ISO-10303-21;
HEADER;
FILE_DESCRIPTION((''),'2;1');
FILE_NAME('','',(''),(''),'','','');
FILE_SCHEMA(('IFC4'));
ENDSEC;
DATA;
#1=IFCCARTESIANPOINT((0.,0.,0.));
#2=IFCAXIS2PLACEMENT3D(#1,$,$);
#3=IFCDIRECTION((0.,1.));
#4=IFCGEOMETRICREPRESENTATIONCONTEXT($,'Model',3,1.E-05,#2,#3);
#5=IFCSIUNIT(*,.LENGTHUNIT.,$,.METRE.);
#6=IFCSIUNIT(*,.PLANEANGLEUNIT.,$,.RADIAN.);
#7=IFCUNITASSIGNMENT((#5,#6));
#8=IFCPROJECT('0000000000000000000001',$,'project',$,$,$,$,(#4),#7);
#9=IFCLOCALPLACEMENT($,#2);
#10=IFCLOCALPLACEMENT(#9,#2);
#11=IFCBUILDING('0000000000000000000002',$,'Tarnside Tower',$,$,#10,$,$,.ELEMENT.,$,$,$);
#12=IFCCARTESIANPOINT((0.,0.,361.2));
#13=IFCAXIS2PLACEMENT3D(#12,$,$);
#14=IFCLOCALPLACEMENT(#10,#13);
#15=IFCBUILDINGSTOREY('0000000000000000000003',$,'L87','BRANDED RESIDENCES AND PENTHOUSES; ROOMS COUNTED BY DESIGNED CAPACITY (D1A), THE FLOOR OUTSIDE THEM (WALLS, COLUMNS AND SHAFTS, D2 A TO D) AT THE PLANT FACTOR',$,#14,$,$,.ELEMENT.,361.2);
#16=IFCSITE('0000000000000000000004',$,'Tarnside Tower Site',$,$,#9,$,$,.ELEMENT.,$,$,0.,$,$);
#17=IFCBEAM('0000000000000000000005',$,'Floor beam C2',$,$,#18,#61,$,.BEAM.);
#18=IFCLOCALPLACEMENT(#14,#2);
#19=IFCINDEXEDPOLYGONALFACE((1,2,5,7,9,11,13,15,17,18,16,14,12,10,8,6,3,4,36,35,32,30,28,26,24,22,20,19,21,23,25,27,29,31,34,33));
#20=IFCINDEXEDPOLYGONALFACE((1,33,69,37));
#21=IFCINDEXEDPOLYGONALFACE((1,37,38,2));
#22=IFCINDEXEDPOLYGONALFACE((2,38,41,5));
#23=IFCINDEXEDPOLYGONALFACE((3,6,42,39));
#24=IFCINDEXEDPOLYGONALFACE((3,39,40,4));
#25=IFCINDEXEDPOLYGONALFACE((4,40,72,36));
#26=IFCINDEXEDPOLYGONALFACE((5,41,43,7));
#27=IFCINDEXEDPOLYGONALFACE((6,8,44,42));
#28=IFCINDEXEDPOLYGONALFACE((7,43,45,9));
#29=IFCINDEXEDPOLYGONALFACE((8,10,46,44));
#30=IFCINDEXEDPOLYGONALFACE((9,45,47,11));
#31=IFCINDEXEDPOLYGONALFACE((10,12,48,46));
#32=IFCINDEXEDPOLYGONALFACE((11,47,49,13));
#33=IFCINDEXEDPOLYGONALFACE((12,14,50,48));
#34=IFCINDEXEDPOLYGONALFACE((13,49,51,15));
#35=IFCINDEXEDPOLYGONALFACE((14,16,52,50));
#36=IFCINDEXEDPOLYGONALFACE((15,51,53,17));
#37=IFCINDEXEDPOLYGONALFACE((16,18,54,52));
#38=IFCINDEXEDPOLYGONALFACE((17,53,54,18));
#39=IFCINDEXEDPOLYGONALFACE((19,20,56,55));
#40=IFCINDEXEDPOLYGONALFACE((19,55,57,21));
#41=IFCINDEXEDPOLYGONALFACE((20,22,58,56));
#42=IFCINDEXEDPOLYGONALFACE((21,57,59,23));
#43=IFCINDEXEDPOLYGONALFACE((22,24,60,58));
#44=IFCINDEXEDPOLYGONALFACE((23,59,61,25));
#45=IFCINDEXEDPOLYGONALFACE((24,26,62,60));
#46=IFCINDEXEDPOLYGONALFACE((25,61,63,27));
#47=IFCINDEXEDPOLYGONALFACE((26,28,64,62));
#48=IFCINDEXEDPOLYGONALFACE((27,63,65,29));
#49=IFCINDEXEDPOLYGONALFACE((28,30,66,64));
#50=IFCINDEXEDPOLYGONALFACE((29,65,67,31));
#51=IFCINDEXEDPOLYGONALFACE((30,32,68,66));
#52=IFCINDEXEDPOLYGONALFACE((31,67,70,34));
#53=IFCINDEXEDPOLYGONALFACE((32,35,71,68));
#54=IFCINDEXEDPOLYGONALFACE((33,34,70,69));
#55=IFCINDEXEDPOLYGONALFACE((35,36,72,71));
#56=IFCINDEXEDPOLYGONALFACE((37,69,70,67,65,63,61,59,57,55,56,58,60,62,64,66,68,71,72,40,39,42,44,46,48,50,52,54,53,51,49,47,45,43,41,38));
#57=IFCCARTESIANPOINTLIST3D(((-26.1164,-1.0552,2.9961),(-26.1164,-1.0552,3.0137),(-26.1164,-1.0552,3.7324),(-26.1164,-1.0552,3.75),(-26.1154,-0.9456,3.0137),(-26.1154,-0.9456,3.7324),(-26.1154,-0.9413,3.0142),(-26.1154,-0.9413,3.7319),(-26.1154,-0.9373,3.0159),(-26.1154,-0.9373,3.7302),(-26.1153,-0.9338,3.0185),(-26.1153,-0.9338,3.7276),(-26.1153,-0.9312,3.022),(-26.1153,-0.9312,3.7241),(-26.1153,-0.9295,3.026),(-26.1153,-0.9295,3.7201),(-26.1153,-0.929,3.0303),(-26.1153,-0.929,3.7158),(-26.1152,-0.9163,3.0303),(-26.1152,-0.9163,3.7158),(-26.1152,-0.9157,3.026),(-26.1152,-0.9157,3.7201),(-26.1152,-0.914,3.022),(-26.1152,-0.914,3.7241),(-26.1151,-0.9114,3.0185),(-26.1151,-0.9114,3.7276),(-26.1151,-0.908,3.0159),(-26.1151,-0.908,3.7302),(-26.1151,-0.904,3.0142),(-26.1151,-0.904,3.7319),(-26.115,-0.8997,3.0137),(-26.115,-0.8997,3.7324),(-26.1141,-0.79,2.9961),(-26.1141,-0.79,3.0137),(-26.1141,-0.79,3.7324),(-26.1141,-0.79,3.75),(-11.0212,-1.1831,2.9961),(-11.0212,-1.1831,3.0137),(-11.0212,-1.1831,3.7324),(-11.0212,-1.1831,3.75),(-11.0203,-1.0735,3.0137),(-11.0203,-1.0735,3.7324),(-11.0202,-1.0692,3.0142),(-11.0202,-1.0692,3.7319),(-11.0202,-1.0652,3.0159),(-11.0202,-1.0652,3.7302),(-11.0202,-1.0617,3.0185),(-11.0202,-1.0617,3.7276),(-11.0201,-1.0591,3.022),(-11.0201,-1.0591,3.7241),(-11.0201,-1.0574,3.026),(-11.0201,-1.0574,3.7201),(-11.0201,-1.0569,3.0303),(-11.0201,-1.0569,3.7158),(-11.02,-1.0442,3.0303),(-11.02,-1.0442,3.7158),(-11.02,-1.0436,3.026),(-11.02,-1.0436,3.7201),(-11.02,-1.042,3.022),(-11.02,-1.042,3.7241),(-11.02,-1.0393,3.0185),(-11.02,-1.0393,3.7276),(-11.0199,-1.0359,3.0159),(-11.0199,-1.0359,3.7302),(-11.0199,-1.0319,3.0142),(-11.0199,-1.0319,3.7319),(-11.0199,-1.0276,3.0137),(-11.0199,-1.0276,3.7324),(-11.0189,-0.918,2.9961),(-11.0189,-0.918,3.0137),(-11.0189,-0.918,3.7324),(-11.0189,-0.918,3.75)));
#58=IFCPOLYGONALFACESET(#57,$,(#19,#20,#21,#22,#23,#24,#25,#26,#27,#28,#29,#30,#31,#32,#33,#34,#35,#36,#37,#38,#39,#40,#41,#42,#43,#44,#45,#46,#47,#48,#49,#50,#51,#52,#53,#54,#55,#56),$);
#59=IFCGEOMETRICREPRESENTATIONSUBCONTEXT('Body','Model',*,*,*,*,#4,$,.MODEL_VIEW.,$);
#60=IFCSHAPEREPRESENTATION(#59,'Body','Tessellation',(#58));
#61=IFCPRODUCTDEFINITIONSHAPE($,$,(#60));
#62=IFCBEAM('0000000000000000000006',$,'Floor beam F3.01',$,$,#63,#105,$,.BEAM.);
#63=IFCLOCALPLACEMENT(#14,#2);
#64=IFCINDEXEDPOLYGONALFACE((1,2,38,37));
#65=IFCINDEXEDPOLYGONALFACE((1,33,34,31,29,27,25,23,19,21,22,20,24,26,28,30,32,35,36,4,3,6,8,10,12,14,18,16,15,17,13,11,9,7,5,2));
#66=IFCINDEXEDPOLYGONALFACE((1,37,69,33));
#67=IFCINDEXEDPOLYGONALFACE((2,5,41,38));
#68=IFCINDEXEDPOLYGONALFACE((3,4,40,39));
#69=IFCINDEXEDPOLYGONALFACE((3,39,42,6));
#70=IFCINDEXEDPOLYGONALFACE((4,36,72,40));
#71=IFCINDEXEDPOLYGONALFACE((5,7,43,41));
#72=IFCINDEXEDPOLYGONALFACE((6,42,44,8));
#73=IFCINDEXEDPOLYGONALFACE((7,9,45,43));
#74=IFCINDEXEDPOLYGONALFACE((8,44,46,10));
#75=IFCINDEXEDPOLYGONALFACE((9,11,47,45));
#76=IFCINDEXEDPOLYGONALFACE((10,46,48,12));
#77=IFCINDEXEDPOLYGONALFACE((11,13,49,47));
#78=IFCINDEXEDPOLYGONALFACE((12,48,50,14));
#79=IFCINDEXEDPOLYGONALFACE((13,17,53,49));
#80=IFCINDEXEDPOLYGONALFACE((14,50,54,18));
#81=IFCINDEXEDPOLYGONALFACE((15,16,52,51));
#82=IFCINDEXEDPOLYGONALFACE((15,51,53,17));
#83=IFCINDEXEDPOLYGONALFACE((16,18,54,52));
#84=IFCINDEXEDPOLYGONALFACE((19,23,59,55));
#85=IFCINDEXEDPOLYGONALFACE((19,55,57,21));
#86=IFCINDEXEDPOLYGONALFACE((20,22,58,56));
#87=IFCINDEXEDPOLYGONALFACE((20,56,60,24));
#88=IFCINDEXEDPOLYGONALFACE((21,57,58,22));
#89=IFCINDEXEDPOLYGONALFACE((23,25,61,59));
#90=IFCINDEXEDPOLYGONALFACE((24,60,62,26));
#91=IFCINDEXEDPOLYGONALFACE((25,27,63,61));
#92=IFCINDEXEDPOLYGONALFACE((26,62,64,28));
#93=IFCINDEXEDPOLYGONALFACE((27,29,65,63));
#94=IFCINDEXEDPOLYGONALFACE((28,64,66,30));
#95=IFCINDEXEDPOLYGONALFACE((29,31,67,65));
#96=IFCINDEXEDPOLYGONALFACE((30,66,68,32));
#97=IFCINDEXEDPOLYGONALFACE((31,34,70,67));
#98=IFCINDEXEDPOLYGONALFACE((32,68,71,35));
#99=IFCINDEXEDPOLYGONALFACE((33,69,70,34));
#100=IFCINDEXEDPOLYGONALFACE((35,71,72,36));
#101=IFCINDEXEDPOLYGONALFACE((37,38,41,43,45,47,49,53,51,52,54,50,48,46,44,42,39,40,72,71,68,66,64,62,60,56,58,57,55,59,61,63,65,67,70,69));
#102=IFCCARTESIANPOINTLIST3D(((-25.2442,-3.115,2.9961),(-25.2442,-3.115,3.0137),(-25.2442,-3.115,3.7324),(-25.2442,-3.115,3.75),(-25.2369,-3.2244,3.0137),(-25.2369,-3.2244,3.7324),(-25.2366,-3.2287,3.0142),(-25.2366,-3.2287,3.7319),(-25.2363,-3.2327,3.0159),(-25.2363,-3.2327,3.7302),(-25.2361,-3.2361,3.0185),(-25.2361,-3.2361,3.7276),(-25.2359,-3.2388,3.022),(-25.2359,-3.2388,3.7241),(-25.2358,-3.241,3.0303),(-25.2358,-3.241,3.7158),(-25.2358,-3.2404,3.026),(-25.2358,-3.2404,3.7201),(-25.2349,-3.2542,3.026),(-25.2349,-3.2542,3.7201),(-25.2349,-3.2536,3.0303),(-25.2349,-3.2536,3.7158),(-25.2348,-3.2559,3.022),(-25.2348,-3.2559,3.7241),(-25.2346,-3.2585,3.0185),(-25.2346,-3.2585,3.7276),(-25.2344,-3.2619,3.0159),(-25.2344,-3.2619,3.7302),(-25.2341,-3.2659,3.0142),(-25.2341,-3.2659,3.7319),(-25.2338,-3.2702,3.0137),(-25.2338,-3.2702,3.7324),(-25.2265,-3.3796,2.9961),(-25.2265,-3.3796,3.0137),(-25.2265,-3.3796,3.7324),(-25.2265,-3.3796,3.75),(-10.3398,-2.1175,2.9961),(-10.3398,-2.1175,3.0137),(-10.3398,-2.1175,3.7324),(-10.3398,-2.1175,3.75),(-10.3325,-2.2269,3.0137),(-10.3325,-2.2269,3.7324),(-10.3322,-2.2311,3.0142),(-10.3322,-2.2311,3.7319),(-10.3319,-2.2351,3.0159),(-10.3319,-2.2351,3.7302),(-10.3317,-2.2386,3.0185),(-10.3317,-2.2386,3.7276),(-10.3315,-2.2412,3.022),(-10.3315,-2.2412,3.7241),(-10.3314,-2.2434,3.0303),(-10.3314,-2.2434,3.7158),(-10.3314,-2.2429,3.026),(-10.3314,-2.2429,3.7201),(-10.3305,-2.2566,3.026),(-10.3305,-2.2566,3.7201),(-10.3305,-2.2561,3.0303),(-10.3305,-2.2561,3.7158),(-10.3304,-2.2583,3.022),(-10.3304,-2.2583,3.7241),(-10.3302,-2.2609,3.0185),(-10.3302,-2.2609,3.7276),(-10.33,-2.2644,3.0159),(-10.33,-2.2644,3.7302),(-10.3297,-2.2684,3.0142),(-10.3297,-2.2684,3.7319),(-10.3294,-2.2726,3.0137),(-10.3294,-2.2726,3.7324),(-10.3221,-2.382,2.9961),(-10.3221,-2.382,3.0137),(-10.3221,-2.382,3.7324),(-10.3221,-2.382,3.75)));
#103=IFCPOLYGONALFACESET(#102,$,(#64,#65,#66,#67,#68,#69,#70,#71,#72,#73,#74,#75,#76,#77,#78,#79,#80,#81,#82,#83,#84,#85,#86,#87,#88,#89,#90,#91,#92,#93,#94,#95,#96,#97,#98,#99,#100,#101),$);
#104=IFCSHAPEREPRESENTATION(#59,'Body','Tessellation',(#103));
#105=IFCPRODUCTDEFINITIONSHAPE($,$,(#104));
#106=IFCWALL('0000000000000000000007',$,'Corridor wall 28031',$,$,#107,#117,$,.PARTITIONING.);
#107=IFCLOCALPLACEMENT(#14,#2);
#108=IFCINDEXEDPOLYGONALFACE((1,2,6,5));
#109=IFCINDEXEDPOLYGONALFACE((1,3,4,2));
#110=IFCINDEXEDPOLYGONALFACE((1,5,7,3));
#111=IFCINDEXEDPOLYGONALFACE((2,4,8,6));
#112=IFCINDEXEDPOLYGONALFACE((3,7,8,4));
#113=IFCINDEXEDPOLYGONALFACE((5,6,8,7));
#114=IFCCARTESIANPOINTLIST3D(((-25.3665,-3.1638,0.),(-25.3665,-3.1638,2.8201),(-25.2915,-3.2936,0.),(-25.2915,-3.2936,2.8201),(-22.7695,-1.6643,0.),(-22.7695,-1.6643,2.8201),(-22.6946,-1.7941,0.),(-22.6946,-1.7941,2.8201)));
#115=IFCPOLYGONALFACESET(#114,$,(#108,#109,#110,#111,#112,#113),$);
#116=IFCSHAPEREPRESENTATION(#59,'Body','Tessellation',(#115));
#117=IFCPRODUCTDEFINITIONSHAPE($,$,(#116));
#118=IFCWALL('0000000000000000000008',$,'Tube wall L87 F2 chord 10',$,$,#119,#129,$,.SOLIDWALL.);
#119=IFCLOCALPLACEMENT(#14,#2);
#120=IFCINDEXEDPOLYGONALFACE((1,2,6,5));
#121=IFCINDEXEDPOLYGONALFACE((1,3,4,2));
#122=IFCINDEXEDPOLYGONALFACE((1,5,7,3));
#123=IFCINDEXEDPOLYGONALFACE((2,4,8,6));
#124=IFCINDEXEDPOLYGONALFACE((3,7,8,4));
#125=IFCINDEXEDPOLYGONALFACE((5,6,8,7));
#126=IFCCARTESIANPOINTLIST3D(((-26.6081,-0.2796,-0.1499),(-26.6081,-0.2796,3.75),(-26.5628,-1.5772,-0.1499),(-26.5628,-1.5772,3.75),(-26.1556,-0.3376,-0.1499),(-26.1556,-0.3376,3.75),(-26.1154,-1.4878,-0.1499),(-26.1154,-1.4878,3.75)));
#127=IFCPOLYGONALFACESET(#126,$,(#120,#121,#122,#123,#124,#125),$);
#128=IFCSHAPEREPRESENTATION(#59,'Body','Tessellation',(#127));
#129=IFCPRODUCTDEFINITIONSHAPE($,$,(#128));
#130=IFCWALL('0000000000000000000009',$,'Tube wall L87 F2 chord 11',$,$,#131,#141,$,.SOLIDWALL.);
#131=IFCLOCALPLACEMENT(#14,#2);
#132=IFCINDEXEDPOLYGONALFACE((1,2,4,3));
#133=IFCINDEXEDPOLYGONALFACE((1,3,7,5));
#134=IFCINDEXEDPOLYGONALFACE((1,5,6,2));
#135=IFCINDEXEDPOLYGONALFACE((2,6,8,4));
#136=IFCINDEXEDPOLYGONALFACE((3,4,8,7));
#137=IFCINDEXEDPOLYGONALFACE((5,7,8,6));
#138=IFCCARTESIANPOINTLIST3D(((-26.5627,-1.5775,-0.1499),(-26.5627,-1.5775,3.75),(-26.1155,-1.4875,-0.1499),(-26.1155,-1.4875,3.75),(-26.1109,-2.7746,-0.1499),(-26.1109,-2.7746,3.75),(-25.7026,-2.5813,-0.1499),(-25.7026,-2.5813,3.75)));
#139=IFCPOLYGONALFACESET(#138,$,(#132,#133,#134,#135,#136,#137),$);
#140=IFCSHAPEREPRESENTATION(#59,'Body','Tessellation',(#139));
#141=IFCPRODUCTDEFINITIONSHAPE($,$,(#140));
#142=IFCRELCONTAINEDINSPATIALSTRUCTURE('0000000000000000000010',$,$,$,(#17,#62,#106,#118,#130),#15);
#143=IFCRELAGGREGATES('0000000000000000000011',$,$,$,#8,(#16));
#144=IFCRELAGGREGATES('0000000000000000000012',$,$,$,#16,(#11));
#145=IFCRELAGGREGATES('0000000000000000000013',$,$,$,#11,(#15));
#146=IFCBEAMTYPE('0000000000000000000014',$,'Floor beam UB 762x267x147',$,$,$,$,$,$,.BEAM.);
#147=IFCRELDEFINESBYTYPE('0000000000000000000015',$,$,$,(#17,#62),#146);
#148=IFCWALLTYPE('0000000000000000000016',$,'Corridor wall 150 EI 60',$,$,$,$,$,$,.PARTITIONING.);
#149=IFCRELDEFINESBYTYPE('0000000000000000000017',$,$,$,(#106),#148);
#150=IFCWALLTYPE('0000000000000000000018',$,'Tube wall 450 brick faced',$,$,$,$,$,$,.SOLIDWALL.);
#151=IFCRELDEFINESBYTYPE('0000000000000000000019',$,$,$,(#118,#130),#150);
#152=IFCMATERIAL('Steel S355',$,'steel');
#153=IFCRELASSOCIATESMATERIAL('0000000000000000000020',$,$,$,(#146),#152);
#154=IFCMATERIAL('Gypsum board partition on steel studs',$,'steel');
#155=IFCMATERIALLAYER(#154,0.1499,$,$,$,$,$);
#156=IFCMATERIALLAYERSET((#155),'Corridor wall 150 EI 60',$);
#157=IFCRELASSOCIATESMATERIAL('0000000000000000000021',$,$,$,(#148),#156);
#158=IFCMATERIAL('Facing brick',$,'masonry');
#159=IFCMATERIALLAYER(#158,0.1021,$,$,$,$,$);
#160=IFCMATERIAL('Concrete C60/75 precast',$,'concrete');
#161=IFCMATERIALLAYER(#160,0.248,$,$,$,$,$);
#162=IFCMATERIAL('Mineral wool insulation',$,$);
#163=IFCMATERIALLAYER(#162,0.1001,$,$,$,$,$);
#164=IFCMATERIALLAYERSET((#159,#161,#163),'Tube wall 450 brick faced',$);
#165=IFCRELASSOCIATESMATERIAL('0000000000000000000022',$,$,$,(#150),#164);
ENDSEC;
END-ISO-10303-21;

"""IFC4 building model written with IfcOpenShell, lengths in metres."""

from ifc_helpers import new_model, si_unit, direction, frame, frame_2d, origin, origin_2d, place, context, subcontext, project, spatial, polyline, rectangle, i_section, outline, extrude, material, layer, layer_set, material_profile, profile_set, type_object, element, save


model = new_model("IFC4")

# Units and contexts
model_context = context("Model", 3, precision=1e-05, world=origin(), true_north=direction((0.0, 1.0)))
body_context = subcontext(model_context, "Body", "Model", "MODEL_VIEW")
ifc_project = project(units=[si_unit("LENGTHUNIT", "METRE"), si_unit("PLANEANGLEUNIT", "RADIAN")], contexts=[model_context])

# Site, building, storey
site_placement = place(None, origin())
site = spatial("IfcSite", under=ifc_project, at=site_placement, Name="Tarnside Tower Site", CompositionType="ELEMENT", RefElevation=0.0)
building_placement = place(site_placement, origin())
building = spatial("IfcBuilding", under=site, at=building_placement, Name="Tarnside Tower", CompositionType="ELEMENT")
storey_placement = place(building_placement, frame((0.0, 0.0, 361.2)))
storey = spatial("IfcBuildingStorey", under=building, at=storey_placement, Name="L87", Description="BRANDED RESIDENCES AND PENTHOUSES; ROOMS COUNTED BY DESIGNED CAPACITY (D1A), THE FLOOR OUTSIDE THEM (WALLS, COLUMNS AND SHAFTS, D2 A TO D) AT THE PLANT FACTOR", CompositionType="ELEMENT", Elevation=361.2)

# Beams
ifc_material_1 = material(Name="Steel S355", Category="steel")
ifc_material_profile = material_profile(ifc_material_1, i_section(OverallWidth=0.2651, OverallDepth=0.7539, WebThickness=0.0127, FlangeThickness=0.0176, FilletRadius=0.0166, at=origin_2d()), Name="UB 762x267x147")
ifc_profile_set = profile_set([ifc_material_profile], Name="Steel S355")
beam_type = type_object("IfcBeamType", Name="Floor beam UB 762x267x147", PredefinedType="BEAM", material=ifc_profile_set)
beam_1_placement = place(storey_placement, frame((-26.1152, -0.9226, 3.373), z_axis=(0.999964, -0.008475, 0.0), x_axis=(0.008475, 0.999964, 0.0)))
element("IfcBeam", 1, at=beam_1_placement, inside=storey, type_object=beam_type, Name="Floor beam C2", PredefinedType="BEAM", context=body_context, shape_type="SweptSolid", body=[
    extrude(i_section(OverallWidth=0.2651, OverallDepth=0.7539, WebThickness=0.0127, FlangeThickness=0.0176, FilletRadius=0.0166, at=origin_2d()), origin(), (0.0, 0.0, 1.0), 15.0957),
])
beam_2_placement = place(storey_placement, frame((-25.2354, -3.2473, 3.373), z_axis=(0.997768, 0.066782, 0.0), x_axis=(-0.066782, 0.997768, 0.0)))
element("IfcBeam", 2, at=beam_2_placement, inside=storey, type_object=beam_type, Name="Floor beam F3.01", PredefinedType="BEAM", context=body_context, shape_type="SweptSolid", body=[
    extrude(i_section(OverallWidth=0.2651, OverallDepth=0.7539, WebThickness=0.0127, FlangeThickness=0.0176, FilletRadius=0.0166, at=origin_2d()), origin(), (0.0, 0.0, 1.0), 14.9377),
])

# Walls
ifc_material_2 = material(Name="Gypsum board partition on steel studs", Category="steel")
ifc_layer_1 = layer(ifc_material_2, 0.1499)
ifc_layer_set_1 = layer_set([ifc_layer_1], Name="Corridor wall 150 EI 60")
wall_type_1 = type_object("IfcWallType", Name="Corridor wall 150 EI 60", PredefinedType="PARTITIONING", material=ifc_layer_set_1)
wall_1_placement = place(storey_placement, frame((-25.3291, -3.2288, 0.0), z_axis=(0.0, 0.0, 1.0), x_axis=(0.866, 0.500044, 0.0)))
element("IfcWall", 3, at=wall_1_placement, inside=storey, type_object=wall_type_1, Name="Corridor wall 28031", PredefinedType="PARTITIONING", context=body_context, shape_type="SweptSolid", body=[
    extrude(rectangle(XDim=2.9988, YDim=0.1499, at=frame_2d((1.4995, 0.0))), origin(), (0.0, 0.0, 1.0), 2.8201),
])
ifc_material_3 = material(Name="Facing brick", Category="masonry")
ifc_layer_2 = layer(ifc_material_3, 0.1021)
ifc_material_4 = material(Name="Concrete C60/75 precast", Category="concrete")
ifc_layer_3 = layer(ifc_material_4, 0.248)
ifc_material_5 = material(Name="Mineral wool insulation")
ifc_layer_4 = layer(ifc_material_5, 0.1001)
ifc_layer_set_2 = layer_set([ifc_layer_2, ifc_layer_3, ifc_layer_4], Name="Tube wall 450 brick faced")
wall_type_2 = type_object("IfcWallType", Name="Tube wall 450 brick faced", PredefinedType="SOLIDWALL", material=ifc_layer_set_2)
wall_2_placement = place(storey_placement, frame((-26.3818, -0.3086, -0.1499), z_axis=(0.0, 0.0, 1.0), x_axis=(0.034888, -0.999391, 0.0)))
element("IfcWall", 4, at=wall_2_placement, inside=storey, type_object=wall_type_2, Name="Tube wall L87 F2 chord 10", PredefinedType="SOLIDWALL", context=body_context, shape_type="SweptSolid", body=[
    extrude(outline(polyline([(-0.0369, -0.2251), (1.2615, -0.2251), (1.1877, 0.2251), (0.0369, 0.2251), (-0.0369, -0.2251)])), origin(), (0.0, 0.0, 1.0), 3.8999),
])
wall_3_placement = place(storey_placement, frame((-26.3391, -1.5325, -0.1499), z_axis=(0.0, 0.0, 1.0), x_axis=(0.353133, -0.935573, 0.0)))
element("IfcWall", 5, at=wall_3_placement, inside=storey, type_object=wall_type_2, Name="Tube wall L87 F2 chord 11", PredefinedType="SOLIDWALL", context=body_context, shape_type="SweptSolid", body=[
    extrude(outline(polyline([(-0.0369, -0.2251), (1.2427, -0.2251), (1.2061, 0.2251), (0.0369, 0.2251), (-0.0369, -0.2251)])), origin(), (0.0, 0.0, 1.0), 3.8999),
])

save(model, "model.ifc")
